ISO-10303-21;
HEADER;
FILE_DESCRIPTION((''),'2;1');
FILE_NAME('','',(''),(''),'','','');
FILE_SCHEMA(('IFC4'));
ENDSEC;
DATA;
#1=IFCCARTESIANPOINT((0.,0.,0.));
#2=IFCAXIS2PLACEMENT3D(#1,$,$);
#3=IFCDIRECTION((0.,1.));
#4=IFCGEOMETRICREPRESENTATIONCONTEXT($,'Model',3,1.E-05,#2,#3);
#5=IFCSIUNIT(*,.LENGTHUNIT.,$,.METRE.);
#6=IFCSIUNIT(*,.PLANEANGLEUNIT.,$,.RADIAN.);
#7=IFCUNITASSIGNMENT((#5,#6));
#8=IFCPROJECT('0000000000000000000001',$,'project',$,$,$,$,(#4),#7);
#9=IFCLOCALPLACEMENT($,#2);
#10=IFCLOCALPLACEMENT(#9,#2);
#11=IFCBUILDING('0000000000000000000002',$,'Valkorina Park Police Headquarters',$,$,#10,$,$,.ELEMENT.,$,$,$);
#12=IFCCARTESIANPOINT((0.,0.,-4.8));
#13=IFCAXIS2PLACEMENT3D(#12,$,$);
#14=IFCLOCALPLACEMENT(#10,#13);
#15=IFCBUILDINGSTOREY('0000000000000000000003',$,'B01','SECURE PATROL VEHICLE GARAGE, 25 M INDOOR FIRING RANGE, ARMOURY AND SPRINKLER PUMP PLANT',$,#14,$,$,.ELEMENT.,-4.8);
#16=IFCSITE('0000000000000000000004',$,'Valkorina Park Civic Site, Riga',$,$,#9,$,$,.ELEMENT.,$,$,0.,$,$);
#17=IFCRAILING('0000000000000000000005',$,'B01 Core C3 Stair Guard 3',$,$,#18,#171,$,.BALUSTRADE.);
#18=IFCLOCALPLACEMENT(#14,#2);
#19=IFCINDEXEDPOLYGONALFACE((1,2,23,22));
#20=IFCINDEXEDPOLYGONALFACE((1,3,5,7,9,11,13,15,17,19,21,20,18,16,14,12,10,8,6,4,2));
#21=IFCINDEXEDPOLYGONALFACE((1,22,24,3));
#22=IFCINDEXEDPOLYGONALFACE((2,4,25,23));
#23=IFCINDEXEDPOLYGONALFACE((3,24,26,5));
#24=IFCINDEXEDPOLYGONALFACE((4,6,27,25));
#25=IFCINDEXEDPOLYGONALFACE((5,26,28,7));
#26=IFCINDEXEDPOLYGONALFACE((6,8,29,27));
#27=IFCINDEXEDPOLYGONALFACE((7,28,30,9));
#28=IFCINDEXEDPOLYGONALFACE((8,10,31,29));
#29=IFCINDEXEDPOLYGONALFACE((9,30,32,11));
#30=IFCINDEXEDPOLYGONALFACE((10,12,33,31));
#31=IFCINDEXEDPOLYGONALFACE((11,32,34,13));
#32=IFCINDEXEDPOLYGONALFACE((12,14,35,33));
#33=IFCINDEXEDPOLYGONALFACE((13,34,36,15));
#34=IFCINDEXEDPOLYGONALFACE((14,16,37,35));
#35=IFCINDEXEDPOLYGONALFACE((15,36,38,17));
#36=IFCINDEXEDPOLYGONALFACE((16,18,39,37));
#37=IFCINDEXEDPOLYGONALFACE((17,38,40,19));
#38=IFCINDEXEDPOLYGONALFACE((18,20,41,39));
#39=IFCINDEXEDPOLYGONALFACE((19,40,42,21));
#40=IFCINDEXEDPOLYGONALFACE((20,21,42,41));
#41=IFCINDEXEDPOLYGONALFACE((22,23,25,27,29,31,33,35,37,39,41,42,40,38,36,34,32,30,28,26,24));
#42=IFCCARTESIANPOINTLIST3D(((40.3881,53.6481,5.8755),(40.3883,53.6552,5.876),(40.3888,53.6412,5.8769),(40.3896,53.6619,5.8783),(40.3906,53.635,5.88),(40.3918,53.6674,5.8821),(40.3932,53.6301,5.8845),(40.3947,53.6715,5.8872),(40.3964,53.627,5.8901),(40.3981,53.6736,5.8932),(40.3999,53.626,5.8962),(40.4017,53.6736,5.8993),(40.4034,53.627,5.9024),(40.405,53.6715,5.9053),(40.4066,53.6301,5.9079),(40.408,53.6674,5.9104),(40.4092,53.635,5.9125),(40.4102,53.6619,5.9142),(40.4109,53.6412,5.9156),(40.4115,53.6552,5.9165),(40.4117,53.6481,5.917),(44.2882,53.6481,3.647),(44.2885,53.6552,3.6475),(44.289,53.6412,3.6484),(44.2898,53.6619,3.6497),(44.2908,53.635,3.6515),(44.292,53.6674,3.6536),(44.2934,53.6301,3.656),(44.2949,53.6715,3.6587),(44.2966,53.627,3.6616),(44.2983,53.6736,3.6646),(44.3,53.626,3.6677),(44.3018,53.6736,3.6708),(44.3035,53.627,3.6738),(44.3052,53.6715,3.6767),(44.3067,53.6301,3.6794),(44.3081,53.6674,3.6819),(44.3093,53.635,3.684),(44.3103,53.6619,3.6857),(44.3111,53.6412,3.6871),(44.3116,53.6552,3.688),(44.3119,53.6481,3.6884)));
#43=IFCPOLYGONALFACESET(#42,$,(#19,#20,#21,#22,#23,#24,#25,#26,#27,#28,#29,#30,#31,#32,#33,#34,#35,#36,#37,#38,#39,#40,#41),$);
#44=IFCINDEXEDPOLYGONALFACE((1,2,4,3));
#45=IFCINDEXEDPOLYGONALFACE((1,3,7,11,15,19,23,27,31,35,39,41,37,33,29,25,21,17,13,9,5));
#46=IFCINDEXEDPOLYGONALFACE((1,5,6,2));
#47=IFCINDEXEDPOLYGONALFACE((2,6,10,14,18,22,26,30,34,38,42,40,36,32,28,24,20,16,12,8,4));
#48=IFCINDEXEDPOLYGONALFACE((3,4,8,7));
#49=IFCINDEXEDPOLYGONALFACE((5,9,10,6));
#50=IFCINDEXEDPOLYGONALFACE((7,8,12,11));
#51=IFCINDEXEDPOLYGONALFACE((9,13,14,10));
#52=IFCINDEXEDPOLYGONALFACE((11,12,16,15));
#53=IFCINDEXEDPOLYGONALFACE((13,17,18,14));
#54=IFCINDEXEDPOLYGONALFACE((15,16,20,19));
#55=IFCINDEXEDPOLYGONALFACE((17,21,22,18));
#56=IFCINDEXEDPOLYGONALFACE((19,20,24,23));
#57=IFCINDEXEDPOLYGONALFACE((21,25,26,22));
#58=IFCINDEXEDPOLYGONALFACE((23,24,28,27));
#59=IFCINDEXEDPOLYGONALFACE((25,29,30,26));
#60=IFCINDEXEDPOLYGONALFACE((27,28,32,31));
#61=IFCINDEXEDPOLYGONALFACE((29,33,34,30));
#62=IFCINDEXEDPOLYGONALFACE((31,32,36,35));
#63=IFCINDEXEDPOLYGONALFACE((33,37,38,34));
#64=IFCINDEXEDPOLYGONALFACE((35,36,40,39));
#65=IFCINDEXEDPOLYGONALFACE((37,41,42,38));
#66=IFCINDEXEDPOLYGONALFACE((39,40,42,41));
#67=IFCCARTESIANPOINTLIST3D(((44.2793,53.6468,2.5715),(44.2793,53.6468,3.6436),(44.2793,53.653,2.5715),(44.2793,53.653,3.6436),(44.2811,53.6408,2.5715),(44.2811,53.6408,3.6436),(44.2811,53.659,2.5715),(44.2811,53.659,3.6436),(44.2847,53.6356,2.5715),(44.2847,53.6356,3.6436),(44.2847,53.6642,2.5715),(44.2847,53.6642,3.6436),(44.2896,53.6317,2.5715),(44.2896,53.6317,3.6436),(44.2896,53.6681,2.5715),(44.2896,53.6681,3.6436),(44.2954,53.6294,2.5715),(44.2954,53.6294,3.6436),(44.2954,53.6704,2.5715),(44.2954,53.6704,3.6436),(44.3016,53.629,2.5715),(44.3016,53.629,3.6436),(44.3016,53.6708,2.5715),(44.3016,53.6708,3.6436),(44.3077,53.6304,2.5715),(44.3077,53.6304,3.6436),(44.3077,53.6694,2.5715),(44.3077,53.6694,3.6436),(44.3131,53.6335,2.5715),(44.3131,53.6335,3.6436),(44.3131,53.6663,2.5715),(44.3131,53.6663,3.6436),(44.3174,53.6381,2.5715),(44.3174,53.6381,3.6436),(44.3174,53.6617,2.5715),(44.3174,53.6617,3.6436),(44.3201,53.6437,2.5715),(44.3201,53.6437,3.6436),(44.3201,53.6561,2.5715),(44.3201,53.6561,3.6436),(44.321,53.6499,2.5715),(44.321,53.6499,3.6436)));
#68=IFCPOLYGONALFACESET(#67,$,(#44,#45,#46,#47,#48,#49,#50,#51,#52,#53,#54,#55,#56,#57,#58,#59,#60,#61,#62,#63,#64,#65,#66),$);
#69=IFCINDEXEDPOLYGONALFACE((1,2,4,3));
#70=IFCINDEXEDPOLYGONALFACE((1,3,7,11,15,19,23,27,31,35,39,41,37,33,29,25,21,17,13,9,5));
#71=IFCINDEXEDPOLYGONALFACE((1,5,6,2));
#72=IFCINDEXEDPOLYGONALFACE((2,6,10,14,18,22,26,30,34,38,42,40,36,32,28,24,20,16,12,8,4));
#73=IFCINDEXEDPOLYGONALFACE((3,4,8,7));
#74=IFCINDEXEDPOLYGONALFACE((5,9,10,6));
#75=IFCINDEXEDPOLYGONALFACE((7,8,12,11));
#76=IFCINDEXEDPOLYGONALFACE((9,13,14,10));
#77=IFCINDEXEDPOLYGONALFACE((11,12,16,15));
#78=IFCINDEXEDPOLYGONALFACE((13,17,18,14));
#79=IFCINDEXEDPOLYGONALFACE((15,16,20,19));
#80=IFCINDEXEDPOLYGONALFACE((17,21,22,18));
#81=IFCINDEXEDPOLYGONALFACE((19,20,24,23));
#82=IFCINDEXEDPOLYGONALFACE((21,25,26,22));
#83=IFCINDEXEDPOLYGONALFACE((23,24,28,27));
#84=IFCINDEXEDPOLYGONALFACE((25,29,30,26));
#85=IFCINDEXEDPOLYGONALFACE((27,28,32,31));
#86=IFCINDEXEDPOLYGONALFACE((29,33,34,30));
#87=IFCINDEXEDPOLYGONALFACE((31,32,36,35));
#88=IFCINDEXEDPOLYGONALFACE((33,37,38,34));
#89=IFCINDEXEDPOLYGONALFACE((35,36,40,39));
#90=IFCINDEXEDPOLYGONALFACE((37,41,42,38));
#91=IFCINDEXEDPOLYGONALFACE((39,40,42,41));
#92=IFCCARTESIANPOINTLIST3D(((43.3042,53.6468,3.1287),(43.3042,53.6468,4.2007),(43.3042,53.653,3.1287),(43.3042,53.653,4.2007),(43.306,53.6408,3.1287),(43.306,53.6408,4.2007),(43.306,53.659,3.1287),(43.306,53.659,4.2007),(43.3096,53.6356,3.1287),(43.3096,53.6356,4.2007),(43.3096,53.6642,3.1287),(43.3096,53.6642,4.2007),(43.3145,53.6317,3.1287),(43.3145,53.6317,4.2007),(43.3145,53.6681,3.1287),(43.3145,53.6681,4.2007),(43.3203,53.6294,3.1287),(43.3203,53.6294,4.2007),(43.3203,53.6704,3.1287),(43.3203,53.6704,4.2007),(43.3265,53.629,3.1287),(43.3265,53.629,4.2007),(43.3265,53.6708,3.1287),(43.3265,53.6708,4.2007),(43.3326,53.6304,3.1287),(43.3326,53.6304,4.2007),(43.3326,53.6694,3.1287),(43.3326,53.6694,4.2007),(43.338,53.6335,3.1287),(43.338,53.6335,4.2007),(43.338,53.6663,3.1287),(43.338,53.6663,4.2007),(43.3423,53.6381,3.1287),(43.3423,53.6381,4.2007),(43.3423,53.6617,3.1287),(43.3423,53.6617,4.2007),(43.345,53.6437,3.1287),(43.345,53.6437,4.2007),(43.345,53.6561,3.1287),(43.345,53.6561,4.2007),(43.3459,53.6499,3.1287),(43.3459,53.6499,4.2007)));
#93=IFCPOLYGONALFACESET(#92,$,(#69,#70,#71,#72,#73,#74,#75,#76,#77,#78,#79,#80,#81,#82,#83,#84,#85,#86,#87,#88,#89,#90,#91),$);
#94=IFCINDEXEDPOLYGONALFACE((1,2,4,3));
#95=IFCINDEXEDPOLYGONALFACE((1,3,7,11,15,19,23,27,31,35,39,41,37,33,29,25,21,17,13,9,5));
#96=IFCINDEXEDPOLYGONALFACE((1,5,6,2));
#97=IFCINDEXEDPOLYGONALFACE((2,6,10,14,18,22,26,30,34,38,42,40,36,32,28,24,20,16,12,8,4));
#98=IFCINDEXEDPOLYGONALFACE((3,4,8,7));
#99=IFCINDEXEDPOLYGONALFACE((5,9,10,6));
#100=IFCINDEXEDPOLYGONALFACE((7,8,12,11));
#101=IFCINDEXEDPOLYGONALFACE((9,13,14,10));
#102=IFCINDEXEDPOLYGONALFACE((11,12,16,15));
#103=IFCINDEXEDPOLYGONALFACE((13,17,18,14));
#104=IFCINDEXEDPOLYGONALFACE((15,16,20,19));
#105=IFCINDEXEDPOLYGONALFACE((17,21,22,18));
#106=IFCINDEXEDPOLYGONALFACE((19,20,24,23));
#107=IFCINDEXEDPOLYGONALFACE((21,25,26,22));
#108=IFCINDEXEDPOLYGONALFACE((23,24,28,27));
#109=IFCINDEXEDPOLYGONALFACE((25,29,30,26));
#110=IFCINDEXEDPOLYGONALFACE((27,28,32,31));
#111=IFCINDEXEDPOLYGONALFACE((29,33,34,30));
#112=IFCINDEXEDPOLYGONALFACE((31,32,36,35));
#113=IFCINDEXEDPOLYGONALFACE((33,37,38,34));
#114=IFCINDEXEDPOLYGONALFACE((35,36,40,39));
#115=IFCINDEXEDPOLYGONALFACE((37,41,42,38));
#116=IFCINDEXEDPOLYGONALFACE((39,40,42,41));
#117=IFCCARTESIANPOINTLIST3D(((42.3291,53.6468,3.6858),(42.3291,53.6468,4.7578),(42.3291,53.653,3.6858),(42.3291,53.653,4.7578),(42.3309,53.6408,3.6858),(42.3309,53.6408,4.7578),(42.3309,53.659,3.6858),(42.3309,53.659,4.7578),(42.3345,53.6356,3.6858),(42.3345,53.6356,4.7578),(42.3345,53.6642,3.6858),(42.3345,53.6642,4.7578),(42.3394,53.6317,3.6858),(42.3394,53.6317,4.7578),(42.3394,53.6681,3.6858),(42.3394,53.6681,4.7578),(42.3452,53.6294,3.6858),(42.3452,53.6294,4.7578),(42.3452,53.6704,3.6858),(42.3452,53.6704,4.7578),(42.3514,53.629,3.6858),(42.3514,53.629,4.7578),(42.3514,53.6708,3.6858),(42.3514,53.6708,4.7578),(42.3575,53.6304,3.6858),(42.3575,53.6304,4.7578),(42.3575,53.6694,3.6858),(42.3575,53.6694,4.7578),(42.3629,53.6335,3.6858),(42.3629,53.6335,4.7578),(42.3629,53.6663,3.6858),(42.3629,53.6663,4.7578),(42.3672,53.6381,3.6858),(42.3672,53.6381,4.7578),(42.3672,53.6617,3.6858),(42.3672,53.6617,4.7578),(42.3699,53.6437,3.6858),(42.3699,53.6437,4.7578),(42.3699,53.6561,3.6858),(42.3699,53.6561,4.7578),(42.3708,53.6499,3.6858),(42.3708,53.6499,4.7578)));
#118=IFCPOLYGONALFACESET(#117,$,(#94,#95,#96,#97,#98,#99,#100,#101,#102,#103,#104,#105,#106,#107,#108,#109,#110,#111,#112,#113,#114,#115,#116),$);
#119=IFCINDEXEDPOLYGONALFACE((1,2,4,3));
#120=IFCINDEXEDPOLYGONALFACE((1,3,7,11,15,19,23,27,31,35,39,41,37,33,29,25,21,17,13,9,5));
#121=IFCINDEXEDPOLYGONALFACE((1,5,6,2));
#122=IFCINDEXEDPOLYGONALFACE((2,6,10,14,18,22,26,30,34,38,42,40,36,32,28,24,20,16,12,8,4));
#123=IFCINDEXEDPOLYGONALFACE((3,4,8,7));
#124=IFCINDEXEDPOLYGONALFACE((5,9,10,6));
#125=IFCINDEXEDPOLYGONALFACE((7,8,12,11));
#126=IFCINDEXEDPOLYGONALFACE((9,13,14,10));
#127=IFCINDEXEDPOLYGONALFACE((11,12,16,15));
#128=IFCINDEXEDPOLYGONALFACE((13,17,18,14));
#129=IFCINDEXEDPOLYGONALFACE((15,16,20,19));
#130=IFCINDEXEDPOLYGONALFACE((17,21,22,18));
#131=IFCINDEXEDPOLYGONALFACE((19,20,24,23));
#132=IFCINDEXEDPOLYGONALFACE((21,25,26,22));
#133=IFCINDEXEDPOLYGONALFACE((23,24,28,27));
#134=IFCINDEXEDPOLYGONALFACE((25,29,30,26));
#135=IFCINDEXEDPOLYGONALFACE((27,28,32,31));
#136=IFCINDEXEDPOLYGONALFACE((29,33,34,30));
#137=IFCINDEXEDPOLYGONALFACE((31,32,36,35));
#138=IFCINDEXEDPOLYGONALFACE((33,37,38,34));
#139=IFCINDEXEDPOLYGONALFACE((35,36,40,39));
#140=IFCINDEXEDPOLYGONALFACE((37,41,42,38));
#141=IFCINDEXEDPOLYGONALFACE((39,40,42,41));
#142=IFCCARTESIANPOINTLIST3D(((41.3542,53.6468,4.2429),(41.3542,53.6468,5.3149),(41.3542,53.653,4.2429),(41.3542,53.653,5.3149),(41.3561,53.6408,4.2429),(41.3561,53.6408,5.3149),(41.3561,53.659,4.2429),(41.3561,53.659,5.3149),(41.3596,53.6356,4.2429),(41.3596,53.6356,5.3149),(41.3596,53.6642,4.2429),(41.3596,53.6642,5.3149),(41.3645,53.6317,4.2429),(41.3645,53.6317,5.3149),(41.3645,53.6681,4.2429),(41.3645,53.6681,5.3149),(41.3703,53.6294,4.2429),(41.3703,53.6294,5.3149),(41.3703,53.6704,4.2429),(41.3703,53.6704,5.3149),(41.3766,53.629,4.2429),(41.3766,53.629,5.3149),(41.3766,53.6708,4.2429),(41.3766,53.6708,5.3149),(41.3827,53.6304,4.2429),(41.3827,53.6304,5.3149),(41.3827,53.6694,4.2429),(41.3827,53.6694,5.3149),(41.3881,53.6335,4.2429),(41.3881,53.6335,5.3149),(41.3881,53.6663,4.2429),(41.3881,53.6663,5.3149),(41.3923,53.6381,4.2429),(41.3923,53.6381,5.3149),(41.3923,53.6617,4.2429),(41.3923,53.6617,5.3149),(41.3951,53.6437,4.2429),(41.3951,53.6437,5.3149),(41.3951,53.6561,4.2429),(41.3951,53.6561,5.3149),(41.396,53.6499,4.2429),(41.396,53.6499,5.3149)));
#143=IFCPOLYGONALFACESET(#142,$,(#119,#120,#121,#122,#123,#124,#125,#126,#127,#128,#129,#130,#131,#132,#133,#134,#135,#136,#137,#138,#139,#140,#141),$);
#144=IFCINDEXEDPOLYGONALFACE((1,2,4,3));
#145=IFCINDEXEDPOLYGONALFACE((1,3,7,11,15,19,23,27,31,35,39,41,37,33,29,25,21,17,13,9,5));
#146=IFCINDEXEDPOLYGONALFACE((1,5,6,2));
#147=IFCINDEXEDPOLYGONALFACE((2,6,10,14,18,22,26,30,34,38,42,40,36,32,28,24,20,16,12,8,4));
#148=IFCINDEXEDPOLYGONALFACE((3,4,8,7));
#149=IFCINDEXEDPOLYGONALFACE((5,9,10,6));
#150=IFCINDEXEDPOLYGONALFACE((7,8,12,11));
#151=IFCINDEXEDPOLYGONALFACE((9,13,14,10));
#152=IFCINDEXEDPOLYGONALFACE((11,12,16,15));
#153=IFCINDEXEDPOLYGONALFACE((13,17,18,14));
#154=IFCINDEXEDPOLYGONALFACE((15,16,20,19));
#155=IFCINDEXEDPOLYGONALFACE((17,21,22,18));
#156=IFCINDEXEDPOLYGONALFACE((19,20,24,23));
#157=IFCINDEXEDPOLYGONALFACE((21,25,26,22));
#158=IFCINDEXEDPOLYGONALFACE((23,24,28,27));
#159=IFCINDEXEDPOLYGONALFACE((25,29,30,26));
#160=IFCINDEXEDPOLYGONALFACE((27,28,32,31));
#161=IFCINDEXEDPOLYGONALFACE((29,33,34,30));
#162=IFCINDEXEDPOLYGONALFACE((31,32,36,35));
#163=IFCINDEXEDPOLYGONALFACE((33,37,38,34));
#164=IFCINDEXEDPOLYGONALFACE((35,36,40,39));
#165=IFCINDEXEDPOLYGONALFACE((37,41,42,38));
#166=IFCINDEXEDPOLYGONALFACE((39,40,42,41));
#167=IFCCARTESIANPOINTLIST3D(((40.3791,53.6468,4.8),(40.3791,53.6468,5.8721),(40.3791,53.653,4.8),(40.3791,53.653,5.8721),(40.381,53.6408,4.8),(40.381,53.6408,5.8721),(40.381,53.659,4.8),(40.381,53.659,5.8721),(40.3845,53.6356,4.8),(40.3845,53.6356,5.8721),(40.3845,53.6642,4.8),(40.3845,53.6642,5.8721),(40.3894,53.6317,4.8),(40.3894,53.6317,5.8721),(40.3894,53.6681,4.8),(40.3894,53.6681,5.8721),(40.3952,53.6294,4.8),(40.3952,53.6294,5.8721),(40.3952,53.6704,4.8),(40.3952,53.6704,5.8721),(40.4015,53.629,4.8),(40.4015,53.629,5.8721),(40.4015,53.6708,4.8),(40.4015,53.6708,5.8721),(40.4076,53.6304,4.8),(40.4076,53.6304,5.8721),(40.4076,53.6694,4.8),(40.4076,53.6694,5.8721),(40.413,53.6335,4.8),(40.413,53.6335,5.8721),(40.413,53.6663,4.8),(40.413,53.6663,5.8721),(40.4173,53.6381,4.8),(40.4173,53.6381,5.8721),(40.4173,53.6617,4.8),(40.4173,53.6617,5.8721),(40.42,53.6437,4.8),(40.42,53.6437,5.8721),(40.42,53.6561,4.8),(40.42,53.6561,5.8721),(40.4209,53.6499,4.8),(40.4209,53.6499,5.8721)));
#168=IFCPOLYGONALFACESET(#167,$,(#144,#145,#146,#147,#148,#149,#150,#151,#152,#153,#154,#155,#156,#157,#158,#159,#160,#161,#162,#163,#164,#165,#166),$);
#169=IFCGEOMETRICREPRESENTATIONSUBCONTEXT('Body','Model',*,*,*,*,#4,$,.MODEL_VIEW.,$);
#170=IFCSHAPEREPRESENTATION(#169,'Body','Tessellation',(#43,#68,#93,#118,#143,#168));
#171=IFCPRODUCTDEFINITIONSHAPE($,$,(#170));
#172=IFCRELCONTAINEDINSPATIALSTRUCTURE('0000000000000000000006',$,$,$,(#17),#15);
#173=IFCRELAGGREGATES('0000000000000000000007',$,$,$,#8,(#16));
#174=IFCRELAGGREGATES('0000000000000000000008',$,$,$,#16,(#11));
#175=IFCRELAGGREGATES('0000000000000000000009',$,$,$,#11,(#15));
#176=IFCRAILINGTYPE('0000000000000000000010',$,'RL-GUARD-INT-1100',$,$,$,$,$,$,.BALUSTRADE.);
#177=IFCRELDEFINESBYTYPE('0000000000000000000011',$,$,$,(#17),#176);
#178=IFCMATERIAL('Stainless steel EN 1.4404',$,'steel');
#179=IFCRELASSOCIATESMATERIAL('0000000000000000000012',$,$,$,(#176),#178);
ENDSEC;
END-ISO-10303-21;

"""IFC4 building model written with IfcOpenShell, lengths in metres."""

from ifc_helpers import new_model, si_unit, direction, frame, origin, origin_2d, place, context, subcontext, project, spatial, circle, extrude, material, type_object, element, save


model = new_model("IFC4")

# Units and contexts
model_context = context("Model", 3, precision=1e-05, world=origin(), true_north=direction((0.0, 1.0)))
body_context = subcontext(model_context, "Body", "Model", "MODEL_VIEW")
ifc_project = project(units=[si_unit("LENGTHUNIT", "METRE"), si_unit("PLANEANGLEUNIT", "RADIAN")], contexts=[model_context])

# Site, building, storey
site_placement = place(None, origin())
site = spatial("IfcSite", under=ifc_project, at=site_placement, Name="Valkorina Park Civic Site, Riga", CompositionType="ELEMENT", RefElevation=0.0)
building_placement = place(site_placement, origin())
building = spatial("IfcBuilding", under=site, at=building_placement, Name="Valkorina Park Police Headquarters", CompositionType="ELEMENT")
storey_placement = place(building_placement, frame((0.0, 0.0, -4.8)))
storey = spatial("IfcBuildingStorey", under=building, at=storey_placement, Name="B01", Description="SECURE PATROL VEHICLE GARAGE, 25 M INDOOR FIRING RANGE, ARMOURY AND SPRINKLER PUMP PLANT", CompositionType="ELEMENT", Elevation=-4.8)

# Shared definitions
ifc_material_1 = material(Name="Stainless steel EN 1.4404", Category="steel")

# Railing
railing_type_1 = type_object("IfcRailingType", Name="RL-GUARD-INT-1100", PredefinedType="BALUSTRADE", material=ifc_material_1)
railing_1_placement = place(storey_placement, frame((44.3, 53.6499, 2.5715)))
element("IfcRailing", 1, at=railing_1_placement, inside=storey, type_object=railing_type_1, Name="B01 Core C3 Stair Guard 3", PredefinedType="BALUSTRADE", context=body_context, shape_type="SweptSolid", body=[
    extrude(circle(Radius=0.0239, at=origin_2d()), frame((0.0, 0.0, 1.0962), z_axis=(-0.868257, 0.0, 0.496116), x_axis=(0.0, -1.0, 0.0)), (0.0, 0.0, 1.0), 4.4919),
    extrude(circle(Radius=0.021, at=origin_2d()), origin(), (0.0, 0.0, 1.0), 1.072),
    extrude(circle(Radius=0.021, at=origin_2d()), frame((-0.9751, 0.0, 0.5571)), (0.0, 0.0, 1.0), 1.072),
    extrude(circle(Radius=0.021, at=origin_2d()), frame((-1.9502, 0.0, 1.1143)), (0.0, 0.0, 1.0), 1.072),
    extrude(circle(Radius=0.021, at=origin_2d()), frame((-2.925, 0.0, 1.6714)), (0.0, 0.0, 1.0), 1.072),
    extrude(circle(Radius=0.021, at=origin_2d()), frame((-3.9001, 0.0, 2.2285)), (0.0, 0.0, 1.0), 1.072),
])

save(model, "model.ifc")
